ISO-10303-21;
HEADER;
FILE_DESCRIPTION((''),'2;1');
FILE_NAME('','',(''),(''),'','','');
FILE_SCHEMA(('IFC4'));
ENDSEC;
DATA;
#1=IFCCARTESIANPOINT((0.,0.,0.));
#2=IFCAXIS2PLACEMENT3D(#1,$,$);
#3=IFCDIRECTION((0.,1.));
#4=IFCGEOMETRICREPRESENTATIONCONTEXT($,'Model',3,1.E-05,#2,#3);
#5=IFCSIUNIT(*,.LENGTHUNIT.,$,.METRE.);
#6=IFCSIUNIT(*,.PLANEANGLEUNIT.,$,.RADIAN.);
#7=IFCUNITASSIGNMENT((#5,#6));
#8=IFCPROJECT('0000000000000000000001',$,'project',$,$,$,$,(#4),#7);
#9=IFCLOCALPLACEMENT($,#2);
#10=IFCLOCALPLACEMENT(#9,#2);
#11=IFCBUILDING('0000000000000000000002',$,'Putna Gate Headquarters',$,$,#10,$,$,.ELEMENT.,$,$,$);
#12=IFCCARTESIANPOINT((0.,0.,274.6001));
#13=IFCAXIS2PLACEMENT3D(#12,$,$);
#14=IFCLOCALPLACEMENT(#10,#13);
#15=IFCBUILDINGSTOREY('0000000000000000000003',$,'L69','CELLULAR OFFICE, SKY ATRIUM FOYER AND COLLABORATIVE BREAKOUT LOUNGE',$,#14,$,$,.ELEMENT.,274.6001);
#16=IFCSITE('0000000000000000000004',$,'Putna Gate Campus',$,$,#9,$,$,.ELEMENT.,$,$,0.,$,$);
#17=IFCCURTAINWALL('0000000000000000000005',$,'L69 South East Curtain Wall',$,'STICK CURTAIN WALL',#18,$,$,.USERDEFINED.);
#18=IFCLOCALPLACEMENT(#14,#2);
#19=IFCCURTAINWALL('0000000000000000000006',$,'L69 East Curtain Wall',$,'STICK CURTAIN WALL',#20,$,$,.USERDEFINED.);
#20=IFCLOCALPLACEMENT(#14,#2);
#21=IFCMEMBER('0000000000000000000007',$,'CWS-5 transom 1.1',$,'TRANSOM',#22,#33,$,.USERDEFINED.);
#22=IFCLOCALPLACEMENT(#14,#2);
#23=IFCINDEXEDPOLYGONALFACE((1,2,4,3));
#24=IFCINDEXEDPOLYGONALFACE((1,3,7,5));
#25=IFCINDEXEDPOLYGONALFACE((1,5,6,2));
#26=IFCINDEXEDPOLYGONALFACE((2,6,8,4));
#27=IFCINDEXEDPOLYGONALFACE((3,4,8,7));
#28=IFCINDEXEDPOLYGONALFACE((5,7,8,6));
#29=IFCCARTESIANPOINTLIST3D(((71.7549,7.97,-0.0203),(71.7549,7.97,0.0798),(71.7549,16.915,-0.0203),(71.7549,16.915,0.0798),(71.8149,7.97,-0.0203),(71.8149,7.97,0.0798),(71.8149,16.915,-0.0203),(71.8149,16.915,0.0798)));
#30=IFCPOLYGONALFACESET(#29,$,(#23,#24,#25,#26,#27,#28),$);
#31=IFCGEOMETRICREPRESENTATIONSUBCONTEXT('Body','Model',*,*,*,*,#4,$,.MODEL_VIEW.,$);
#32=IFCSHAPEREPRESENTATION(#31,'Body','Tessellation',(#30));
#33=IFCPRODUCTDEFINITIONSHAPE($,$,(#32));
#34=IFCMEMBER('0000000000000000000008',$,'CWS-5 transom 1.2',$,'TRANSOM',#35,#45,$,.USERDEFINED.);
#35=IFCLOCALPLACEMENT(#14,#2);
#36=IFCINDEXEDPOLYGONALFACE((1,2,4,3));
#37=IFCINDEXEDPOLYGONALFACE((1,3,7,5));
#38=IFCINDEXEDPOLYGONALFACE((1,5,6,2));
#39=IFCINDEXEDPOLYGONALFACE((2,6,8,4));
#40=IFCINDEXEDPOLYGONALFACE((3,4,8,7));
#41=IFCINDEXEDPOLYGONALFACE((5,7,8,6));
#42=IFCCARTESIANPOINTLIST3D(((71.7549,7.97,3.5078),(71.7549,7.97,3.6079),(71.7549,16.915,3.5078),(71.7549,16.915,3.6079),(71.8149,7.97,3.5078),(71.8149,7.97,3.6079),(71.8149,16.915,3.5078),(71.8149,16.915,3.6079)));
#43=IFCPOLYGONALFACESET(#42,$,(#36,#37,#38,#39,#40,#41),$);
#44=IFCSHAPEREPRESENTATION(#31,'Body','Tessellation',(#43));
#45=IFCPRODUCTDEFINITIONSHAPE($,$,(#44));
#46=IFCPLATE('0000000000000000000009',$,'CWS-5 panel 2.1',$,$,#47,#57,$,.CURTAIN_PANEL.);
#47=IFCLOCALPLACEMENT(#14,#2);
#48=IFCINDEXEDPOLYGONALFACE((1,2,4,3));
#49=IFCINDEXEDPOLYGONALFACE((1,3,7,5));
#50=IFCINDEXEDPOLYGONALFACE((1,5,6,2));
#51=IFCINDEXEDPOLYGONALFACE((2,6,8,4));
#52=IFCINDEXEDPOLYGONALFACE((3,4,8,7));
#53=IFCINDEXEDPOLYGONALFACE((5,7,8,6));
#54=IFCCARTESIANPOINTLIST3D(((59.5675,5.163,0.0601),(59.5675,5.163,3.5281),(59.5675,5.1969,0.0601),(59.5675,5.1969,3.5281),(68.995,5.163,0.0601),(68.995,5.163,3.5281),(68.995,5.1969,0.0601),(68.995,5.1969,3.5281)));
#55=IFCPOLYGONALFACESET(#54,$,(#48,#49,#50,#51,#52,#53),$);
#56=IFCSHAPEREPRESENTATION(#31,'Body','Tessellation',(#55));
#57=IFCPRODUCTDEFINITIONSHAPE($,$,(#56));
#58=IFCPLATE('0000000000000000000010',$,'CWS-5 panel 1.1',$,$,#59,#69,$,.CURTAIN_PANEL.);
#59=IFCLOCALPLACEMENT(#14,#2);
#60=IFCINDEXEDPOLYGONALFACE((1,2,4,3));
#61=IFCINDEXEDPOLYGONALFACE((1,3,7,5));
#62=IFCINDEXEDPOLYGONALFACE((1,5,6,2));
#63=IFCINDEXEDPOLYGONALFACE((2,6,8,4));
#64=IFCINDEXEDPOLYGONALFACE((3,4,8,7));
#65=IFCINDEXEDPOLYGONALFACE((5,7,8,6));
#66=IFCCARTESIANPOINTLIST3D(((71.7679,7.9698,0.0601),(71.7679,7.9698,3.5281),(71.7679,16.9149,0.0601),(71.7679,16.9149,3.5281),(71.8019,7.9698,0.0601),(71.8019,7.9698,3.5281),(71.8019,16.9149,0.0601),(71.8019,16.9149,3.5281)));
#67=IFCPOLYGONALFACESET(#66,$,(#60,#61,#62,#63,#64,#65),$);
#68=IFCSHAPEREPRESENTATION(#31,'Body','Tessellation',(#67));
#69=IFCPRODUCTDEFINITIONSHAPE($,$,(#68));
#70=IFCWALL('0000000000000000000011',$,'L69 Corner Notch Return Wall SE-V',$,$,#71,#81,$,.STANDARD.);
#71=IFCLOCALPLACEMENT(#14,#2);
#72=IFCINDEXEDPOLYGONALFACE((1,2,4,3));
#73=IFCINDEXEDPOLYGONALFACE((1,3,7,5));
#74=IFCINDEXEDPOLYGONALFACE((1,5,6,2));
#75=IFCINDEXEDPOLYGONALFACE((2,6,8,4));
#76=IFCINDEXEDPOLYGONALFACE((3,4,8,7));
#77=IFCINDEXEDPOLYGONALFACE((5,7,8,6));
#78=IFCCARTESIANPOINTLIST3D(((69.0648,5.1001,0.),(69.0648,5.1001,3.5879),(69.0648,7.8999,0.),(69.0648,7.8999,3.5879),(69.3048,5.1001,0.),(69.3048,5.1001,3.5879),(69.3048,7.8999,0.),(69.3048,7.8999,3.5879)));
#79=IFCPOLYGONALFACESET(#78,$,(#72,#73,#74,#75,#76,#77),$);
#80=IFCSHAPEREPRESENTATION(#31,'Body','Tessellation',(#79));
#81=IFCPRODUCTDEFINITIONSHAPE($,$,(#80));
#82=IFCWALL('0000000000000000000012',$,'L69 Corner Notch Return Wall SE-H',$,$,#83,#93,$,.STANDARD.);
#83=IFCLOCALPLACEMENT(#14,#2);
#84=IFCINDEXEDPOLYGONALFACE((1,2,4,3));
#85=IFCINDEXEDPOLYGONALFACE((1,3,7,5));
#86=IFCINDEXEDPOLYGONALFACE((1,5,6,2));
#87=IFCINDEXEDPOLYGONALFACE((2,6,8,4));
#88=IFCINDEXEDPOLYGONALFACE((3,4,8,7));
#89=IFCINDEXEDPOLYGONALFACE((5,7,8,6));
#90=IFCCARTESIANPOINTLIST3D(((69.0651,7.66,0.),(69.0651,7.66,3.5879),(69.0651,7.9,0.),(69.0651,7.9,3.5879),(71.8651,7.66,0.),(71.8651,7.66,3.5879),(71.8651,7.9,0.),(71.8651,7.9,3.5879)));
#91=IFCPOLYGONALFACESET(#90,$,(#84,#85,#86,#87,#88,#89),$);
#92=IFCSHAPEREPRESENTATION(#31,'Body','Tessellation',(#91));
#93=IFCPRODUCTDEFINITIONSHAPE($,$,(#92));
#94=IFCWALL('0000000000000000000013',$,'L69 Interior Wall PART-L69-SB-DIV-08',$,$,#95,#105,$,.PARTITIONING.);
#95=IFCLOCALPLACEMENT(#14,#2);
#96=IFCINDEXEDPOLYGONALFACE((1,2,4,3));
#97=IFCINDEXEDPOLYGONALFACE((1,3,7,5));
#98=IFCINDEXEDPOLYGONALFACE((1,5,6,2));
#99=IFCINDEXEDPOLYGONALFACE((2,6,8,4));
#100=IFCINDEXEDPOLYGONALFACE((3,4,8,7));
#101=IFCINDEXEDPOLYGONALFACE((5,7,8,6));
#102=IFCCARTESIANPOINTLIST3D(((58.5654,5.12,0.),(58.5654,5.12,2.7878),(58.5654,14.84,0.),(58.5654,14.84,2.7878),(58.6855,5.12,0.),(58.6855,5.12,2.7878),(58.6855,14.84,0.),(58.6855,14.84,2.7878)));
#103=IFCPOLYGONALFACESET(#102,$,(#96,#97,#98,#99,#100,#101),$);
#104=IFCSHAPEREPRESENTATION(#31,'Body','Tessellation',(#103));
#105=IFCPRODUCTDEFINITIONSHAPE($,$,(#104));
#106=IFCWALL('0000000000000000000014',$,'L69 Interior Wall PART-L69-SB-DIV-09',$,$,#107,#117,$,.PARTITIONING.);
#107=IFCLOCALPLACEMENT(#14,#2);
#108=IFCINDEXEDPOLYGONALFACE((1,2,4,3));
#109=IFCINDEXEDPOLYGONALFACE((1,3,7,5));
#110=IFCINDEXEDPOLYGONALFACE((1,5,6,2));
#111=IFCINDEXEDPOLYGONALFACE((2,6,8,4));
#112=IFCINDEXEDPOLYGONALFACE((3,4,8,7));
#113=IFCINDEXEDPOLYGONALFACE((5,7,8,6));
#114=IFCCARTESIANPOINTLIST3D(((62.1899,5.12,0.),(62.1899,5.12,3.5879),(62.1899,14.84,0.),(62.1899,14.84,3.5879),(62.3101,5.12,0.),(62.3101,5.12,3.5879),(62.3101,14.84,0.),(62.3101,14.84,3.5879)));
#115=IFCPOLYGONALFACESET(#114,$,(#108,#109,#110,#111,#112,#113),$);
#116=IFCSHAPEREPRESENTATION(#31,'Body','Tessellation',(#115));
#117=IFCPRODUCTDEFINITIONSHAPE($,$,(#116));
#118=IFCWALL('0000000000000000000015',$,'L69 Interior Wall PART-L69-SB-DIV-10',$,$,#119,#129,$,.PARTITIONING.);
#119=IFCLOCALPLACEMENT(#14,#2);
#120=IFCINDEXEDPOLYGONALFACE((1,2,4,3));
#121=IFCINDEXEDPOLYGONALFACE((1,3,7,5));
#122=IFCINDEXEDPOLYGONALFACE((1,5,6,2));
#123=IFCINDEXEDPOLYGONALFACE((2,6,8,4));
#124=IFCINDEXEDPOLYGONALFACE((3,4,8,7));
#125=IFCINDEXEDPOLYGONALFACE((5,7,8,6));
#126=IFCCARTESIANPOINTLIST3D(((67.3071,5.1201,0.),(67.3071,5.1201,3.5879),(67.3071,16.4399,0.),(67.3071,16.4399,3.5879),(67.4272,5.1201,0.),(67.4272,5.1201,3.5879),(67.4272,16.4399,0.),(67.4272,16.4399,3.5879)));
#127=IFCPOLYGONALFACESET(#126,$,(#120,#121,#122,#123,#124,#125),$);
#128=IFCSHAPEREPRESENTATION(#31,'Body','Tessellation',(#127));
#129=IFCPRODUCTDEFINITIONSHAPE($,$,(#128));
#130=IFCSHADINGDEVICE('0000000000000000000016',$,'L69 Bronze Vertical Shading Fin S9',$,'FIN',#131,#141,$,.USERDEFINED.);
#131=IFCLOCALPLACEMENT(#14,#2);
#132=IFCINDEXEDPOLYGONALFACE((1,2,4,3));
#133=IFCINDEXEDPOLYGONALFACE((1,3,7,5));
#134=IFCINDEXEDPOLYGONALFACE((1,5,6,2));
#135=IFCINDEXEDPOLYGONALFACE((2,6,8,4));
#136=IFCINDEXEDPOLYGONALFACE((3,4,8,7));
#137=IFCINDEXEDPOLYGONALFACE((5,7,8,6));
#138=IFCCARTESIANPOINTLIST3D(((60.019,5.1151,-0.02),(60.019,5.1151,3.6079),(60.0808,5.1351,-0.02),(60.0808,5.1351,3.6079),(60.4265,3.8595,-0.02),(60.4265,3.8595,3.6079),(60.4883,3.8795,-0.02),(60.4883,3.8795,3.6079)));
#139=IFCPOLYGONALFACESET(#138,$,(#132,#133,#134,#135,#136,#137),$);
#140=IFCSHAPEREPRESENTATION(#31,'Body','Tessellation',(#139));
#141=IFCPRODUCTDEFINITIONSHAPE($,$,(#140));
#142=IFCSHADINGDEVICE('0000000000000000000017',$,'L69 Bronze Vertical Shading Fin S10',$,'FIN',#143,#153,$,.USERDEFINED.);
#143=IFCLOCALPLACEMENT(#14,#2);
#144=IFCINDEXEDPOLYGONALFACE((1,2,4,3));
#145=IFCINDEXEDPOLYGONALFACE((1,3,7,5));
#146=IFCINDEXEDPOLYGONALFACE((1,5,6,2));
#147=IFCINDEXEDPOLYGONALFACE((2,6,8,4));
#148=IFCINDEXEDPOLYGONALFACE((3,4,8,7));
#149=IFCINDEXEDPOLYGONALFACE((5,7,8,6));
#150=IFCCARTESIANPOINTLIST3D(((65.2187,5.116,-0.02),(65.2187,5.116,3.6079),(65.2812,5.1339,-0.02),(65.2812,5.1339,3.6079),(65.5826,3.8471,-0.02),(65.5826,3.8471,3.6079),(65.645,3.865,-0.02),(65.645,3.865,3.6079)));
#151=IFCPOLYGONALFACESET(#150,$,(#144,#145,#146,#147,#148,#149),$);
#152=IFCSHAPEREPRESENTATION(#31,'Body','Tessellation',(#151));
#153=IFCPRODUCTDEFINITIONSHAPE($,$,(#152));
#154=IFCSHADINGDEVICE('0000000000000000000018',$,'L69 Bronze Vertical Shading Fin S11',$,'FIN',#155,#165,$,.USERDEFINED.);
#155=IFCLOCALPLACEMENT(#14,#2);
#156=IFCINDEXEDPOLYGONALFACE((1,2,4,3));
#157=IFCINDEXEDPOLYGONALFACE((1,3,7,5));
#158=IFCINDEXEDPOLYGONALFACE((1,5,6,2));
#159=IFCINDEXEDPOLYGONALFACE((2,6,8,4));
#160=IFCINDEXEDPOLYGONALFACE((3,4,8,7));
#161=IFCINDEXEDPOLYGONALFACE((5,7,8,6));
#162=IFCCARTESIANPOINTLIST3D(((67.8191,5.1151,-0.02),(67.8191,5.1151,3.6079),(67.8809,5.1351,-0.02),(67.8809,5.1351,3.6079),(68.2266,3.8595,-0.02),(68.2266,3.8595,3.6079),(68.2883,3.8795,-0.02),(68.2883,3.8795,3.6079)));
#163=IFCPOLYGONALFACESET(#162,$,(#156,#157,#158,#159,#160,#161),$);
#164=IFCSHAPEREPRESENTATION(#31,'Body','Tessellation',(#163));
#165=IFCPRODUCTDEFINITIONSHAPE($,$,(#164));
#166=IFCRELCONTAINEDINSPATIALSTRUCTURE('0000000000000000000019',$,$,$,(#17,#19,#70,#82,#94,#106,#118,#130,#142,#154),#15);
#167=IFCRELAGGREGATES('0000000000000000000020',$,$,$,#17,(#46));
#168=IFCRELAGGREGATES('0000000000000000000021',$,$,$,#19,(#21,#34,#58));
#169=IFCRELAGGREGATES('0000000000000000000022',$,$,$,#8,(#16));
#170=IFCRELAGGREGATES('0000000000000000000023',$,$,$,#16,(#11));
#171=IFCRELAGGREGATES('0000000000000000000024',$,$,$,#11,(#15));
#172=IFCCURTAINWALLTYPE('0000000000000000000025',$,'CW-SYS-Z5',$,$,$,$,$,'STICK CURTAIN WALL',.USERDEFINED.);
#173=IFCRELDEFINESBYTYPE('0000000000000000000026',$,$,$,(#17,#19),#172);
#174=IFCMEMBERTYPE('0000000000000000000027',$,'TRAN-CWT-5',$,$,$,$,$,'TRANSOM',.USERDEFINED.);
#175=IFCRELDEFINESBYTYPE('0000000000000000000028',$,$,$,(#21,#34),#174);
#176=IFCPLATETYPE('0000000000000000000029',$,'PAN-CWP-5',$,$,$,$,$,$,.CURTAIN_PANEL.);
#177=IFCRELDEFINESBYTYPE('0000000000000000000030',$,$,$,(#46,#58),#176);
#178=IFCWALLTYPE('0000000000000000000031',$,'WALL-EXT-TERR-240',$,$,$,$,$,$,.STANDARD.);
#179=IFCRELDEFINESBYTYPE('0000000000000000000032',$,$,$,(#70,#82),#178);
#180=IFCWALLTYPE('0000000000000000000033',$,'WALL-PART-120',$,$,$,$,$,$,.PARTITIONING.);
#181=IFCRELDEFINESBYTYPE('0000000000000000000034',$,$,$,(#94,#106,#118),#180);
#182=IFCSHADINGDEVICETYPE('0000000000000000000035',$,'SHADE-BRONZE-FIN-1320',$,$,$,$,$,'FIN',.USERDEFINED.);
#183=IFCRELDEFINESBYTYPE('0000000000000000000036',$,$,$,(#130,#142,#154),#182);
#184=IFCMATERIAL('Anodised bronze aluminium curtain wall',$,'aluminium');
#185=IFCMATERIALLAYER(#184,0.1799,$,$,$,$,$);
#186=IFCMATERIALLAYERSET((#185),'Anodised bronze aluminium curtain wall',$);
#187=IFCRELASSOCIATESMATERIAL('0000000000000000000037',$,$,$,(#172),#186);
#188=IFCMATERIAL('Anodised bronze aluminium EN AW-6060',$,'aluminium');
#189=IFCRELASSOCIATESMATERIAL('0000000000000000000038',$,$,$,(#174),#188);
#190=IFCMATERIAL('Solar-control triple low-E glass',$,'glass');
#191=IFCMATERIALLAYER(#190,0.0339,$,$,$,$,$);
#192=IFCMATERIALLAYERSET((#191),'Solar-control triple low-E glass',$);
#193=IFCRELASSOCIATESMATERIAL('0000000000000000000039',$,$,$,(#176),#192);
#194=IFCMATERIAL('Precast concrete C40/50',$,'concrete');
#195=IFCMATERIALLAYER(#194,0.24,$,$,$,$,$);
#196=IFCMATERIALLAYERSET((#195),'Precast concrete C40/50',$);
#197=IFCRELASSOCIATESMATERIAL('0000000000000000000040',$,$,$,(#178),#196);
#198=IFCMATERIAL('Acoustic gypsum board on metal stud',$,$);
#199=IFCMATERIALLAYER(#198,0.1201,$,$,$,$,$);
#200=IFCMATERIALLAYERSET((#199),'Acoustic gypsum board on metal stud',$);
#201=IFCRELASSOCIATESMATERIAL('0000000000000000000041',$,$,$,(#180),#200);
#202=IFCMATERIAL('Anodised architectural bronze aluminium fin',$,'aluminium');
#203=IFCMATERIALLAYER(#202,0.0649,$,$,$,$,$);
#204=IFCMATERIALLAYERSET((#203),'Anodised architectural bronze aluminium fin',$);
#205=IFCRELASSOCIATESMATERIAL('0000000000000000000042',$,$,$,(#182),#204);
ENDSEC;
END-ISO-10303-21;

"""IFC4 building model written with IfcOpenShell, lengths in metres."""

from ifc_helpers import new_model, si_unit, direction, frame, frame_2d, origin, origin_2d, place, context, subcontext, project, spatial, rectangle, extrude, material, layer, layer_set, material_profile, profile_set, type_object, element, aggregate, save


model = new_model("IFC4")

# Units and contexts
model_context = context("Model", 3, precision=1e-05, world=origin(), true_north=direction((0.0, 1.0)))
body_context = subcontext(model_context, "Body", "Model", "MODEL_VIEW")
ifc_project = project(units=[si_unit("LENGTHUNIT", "METRE"), si_unit("PLANEANGLEUNIT", "RADIAN")], contexts=[model_context])

# Site, building, storey
site_placement = place(None, origin())
site = spatial("IfcSite", under=ifc_project, at=site_placement, Name="Putna Gate Campus", CompositionType="ELEMENT", RefElevation=0.0)
building_placement = place(site_placement, origin())
building = spatial("IfcBuilding", under=site, at=building_placement, Name="Putna Gate Headquarters", CompositionType="ELEMENT")
storey_placement = place(building_placement, frame((0.0, 0.0, 274.6001)))
storey = spatial("IfcBuildingStorey", under=building, at=storey_placement, Name="L69", Description="CELLULAR OFFICE, SKY ATRIUM FOYER AND COLLABORATIVE BREAKOUT LOUNGE", CompositionType="ELEMENT", Elevation=274.6001)

# Curtain wall
ifc_material_1 = material(Name="Anodised bronze aluminium curtain wall", Category="aluminium")
ifc_layer_1 = layer(ifc_material_1, 0.1799)
ifc_layer_set_1 = layer_set([ifc_layer_1], Name="Anodised bronze aluminium curtain wall")
curtain_wall_type = type_object("IfcCurtainWallType", Name="CW-SYS-Z5", ElementType="STICK CURTAIN WALL", PredefinedType="USERDEFINED", material=ifc_layer_set_1)
curtain_wall_1_placement = place(storey_placement, origin())
curtain_wall_1 = element("IfcCurtainWall", 1, at=curtain_wall_1_placement, inside=storey, type_object=curtain_wall_type, Name="L69 South East Curtain Wall", ObjectType="STICK CURTAIN WALL", PredefinedType="USERDEFINED")
ifc_material_2 = material(Name="Anodised bronze aluminium EN AW-6060", Category="aluminium")

# Curtain wall
curtain_wall_2_placement = place(storey_placement, origin())
curtain_wall_2 = element("IfcCurtainWall", 2, at=curtain_wall_2_placement, inside=storey, type_object=curtain_wall_type, Name="L69 East Curtain Wall", ObjectType="STICK CURTAIN WALL", PredefinedType="USERDEFINED")

# Members
ifc_material_profile_1 = material_profile(ifc_material_2, rectangle(XDim=0.0601, YDim=0.1001, at=origin_2d()), Name="Anodised bronze aluminium EN AW-6060")
ifc_profile_set_1 = profile_set([ifc_material_profile_1], Name="Anodised bronze aluminium EN AW-6060")
member_type_1 = type_object("IfcMemberType", Name="TRAN-CWT-5", ElementType="TRANSOM", PredefinedType="USERDEFINED", material=ifc_profile_set_1)
member_1_placement = place(storey_placement, frame((71.7849, 7.97, 0.0298), z_axis=(0.0, 1.0, 0.0), x_axis=(-1.0, 0.0, 0.0)))
member_1 = element("IfcMember", 3, at=member_1_placement, type_object=member_type_1, Name="CWS-5 transom 1.1", ObjectType="TRANSOM", PredefinedType="USERDEFINED", context=body_context, shape_type="SweptSolid", body=[
    extrude(rectangle(XDim=0.0601, YDim=0.1001, at=origin_2d()), origin(), (0.0, 0.0, 1.0), 8.9451),
])
member_2_placement = place(storey_placement, frame((71.7849, 7.97, 3.5579), z_axis=(0.0, 1.0, 0.0), x_axis=(-1.0, 0.0, 0.0)))
member_2 = element("IfcMember", 4, at=member_2_placement, type_object=member_type_1, Name="CWS-5 transom 1.2", ObjectType="TRANSOM", PredefinedType="USERDEFINED", context=body_context, shape_type="SweptSolid", body=[
    extrude(rectangle(XDim=0.0601, YDim=0.1001, at=origin_2d()), origin(), (0.0, 0.0, 1.0), 8.9451),
])

# Plates
ifc_material_3 = material(Name="Solar-control triple low-E glass", Category="glass")
ifc_layer_2 = layer(ifc_material_3, 0.0339)
ifc_layer_set_2 = layer_set([ifc_layer_2], Name="Solar-control triple low-E glass")
plate_type = type_object("IfcPlateType", Name="PAN-CWP-5", PredefinedType="CURTAIN_PANEL", material=ifc_layer_set_2)
plate_1_placement = place(storey_placement, frame((64.2812, 5.1799, 0.0601), z_axis=(0.0, 0.0, 1.0), x_axis=(1.0, 0.0, 0.0)))
plate_1 = element("IfcPlate", 5, at=plate_1_placement, type_object=plate_type, Name="CWS-5 panel 2.1", PredefinedType="CURTAIN_PANEL", context=body_context, shape_type="SweptSolid", body=[
    extrude(rectangle(XDim=9.4275, YDim=0.0339, at=origin_2d()), origin(), (0.0, 0.0, 1.0), 3.468),
])
aggregate(curtain_wall_1, [plate_1])
plate_2_placement = place(storey_placement, frame((71.7849, 12.4424, 0.0601), z_axis=(0.0, 0.0, 1.0), x_axis=(0.0, 1.0, 0.0)))
plate_2 = element("IfcPlate", 6, at=plate_2_placement, type_object=plate_type, Name="CWS-5 panel 1.1", PredefinedType="CURTAIN_PANEL", context=body_context, shape_type="SweptSolid", body=[
    extrude(rectangle(XDim=8.9451, YDim=0.0339, at=origin_2d()), origin(), (0.0, 0.0, 1.0), 3.468),
])
aggregate(curtain_wall_2, [member_1, member_2, plate_2])

# Walls
ifc_material_4 = material(Name="Precast concrete C40/50", Category="concrete")
ifc_layer_3 = layer(ifc_material_4, 0.24)
ifc_layer_set_3 = layer_set([ifc_layer_3], Name="Precast concrete C40/50")
wall_type_1 = type_object("IfcWallType", Name="WALL-EXT-TERR-240", PredefinedType="STANDARD", material=ifc_layer_set_3)
wall_1_placement = place(storey_placement, frame((69.1848, 7.8999, 0.0), z_axis=(0.0, 0.0, 1.0), x_axis=(0.0, -1.0, 0.0)))
element("IfcWall", 7, at=wall_1_placement, inside=storey, type_object=wall_type_1, Name="L69 Corner Notch Return Wall SE-V", PredefinedType="STANDARD", context=body_context, shape_type="SweptSolid", body=[
    extrude(rectangle(XDim=2.7998, YDim=0.24, at=frame_2d((1.3999, 0.0))), origin(), (0.0, 0.0, 1.0), 3.5879),
])
wall_2_placement = place(storey_placement, frame((71.865, 7.78, 0.0), z_axis=(0.0, 0.0, 1.0), x_axis=(-1.0, 0.0, 0.0)))
element("IfcWall", 8, at=wall_2_placement, inside=storey, type_object=wall_type_1, Name="L69 Corner Notch Return Wall SE-H", PredefinedType="STANDARD", context=body_context, shape_type="SweptSolid", body=[
    extrude(rectangle(XDim=2.8, YDim=0.24, at=frame_2d((1.3999, 0.0))), origin(), (0.0, 0.0, 1.0), 3.5879),
])
ifc_material_5 = material(Name="Acoustic gypsum board on metal stud")
ifc_layer_4 = layer(ifc_material_5, 0.1201)
ifc_layer_set_4 = layer_set([ifc_layer_4], Name="Acoustic gypsum board on metal stud")
wall_type_2 = type_object("IfcWallType", Name="WALL-PART-120", PredefinedType="PARTITIONING", material=ifc_layer_set_4)
wall_3_placement = place(storey_placement, frame((58.6255, 5.1201, 0.0), z_axis=(0.0, 0.0, 1.0), x_axis=(0.0, 1.0, 0.0)))
element("IfcWall", 9, at=wall_3_placement, inside=storey, type_object=wall_type_2, Name="L69 Interior Wall PART-L69-SB-DIV-08", PredefinedType="PARTITIONING", context=body_context, shape_type="SweptSolid", body=[
    extrude(rectangle(XDim=9.72, YDim=0.1201, at=frame_2d((4.8599, 0.0))), origin(), (0.0, 0.0, 1.0), 2.7878),
])
wall_4_placement = place(storey_placement, frame((62.25, 5.1201, 0.0), z_axis=(0.0, 0.0, 1.0), x_axis=(0.0, 1.0, 0.0)))
element("IfcWall", 10, at=wall_4_placement, inside=storey, type_object=wall_type_2, Name="L69 Interior Wall PART-L69-SB-DIV-09", PredefinedType="PARTITIONING", context=body_context, shape_type="SweptSolid", body=[
    extrude(rectangle(XDim=9.72, YDim=0.1201, at=frame_2d((4.8599, 0.0))), origin(), (0.0, 0.0, 1.0), 3.5879),
])
wall_5_placement = place(storey_placement, frame((67.3672, 5.1201, 0.0), z_axis=(0.0, 0.0, 1.0), x_axis=(0.0, 1.0, 0.0)))
element("IfcWall", 11, at=wall_5_placement, inside=storey, type_object=wall_type_2, Name="L69 Interior Wall PART-L69-SB-DIV-10", PredefinedType="PARTITIONING", context=body_context, shape_type="SweptSolid", body=[
    extrude(rectangle(XDim=11.3198, YDim=0.1201, at=frame_2d((5.6599, 0.0))), origin(), (0.0, 0.0, 1.0), 3.5879),
])

# Shading devices
ifc_material_6 = material(Name="Anodised architectural bronze aluminium fin", Category="aluminium")
ifc_layer_5 = layer(ifc_material_6, 0.0649)
ifc_layer_set_5 = layer_set([ifc_layer_5], Name="Anodised architectural bronze aluminium fin")
shading_device_type = type_object("IfcShadingDeviceType", Name="SHADE-BRONZE-FIN-1320", ElementType="FIN", PredefinedType="USERDEFINED", material=ifc_layer_set_5)
for number, where, z_axis, x_axis, name in (
    (12, (60.2537, 4.4973, -0.02), (0.0, 0.0, 1.0), (0.308685, -0.951164, 0.0), "L69 Bronze Vertical Shading Fin S9"),
    (13, (65.4319, 4.4905, -0.02), (0.0, 0.0, 1.0), (0.275637, -0.961262, 0.0), "L69 Bronze Vertical Shading Fin S10"),
    (14, (68.0537, 4.4973, -0.02), (0.0, 0.0, 1.0), (0.308685, -0.951164, 0.0), "L69 Bronze Vertical Shading Fin S11"),
):
    element("IfcShadingDevice", number, at=place(storey_placement, frame(where, z_axis=z_axis, x_axis=x_axis)), inside=storey, type_object=shading_device_type, Name=name, ObjectType="FIN", PredefinedType="USERDEFINED", context=body_context, shape_type="SweptSolid", body=[
        extrude(rectangle(XDim=1.3201, YDim=0.0649, at=origin_2d()), origin(), (0.0, 0.0, 1.0), 3.6279),
    ])

save(model, "model.ifc")
